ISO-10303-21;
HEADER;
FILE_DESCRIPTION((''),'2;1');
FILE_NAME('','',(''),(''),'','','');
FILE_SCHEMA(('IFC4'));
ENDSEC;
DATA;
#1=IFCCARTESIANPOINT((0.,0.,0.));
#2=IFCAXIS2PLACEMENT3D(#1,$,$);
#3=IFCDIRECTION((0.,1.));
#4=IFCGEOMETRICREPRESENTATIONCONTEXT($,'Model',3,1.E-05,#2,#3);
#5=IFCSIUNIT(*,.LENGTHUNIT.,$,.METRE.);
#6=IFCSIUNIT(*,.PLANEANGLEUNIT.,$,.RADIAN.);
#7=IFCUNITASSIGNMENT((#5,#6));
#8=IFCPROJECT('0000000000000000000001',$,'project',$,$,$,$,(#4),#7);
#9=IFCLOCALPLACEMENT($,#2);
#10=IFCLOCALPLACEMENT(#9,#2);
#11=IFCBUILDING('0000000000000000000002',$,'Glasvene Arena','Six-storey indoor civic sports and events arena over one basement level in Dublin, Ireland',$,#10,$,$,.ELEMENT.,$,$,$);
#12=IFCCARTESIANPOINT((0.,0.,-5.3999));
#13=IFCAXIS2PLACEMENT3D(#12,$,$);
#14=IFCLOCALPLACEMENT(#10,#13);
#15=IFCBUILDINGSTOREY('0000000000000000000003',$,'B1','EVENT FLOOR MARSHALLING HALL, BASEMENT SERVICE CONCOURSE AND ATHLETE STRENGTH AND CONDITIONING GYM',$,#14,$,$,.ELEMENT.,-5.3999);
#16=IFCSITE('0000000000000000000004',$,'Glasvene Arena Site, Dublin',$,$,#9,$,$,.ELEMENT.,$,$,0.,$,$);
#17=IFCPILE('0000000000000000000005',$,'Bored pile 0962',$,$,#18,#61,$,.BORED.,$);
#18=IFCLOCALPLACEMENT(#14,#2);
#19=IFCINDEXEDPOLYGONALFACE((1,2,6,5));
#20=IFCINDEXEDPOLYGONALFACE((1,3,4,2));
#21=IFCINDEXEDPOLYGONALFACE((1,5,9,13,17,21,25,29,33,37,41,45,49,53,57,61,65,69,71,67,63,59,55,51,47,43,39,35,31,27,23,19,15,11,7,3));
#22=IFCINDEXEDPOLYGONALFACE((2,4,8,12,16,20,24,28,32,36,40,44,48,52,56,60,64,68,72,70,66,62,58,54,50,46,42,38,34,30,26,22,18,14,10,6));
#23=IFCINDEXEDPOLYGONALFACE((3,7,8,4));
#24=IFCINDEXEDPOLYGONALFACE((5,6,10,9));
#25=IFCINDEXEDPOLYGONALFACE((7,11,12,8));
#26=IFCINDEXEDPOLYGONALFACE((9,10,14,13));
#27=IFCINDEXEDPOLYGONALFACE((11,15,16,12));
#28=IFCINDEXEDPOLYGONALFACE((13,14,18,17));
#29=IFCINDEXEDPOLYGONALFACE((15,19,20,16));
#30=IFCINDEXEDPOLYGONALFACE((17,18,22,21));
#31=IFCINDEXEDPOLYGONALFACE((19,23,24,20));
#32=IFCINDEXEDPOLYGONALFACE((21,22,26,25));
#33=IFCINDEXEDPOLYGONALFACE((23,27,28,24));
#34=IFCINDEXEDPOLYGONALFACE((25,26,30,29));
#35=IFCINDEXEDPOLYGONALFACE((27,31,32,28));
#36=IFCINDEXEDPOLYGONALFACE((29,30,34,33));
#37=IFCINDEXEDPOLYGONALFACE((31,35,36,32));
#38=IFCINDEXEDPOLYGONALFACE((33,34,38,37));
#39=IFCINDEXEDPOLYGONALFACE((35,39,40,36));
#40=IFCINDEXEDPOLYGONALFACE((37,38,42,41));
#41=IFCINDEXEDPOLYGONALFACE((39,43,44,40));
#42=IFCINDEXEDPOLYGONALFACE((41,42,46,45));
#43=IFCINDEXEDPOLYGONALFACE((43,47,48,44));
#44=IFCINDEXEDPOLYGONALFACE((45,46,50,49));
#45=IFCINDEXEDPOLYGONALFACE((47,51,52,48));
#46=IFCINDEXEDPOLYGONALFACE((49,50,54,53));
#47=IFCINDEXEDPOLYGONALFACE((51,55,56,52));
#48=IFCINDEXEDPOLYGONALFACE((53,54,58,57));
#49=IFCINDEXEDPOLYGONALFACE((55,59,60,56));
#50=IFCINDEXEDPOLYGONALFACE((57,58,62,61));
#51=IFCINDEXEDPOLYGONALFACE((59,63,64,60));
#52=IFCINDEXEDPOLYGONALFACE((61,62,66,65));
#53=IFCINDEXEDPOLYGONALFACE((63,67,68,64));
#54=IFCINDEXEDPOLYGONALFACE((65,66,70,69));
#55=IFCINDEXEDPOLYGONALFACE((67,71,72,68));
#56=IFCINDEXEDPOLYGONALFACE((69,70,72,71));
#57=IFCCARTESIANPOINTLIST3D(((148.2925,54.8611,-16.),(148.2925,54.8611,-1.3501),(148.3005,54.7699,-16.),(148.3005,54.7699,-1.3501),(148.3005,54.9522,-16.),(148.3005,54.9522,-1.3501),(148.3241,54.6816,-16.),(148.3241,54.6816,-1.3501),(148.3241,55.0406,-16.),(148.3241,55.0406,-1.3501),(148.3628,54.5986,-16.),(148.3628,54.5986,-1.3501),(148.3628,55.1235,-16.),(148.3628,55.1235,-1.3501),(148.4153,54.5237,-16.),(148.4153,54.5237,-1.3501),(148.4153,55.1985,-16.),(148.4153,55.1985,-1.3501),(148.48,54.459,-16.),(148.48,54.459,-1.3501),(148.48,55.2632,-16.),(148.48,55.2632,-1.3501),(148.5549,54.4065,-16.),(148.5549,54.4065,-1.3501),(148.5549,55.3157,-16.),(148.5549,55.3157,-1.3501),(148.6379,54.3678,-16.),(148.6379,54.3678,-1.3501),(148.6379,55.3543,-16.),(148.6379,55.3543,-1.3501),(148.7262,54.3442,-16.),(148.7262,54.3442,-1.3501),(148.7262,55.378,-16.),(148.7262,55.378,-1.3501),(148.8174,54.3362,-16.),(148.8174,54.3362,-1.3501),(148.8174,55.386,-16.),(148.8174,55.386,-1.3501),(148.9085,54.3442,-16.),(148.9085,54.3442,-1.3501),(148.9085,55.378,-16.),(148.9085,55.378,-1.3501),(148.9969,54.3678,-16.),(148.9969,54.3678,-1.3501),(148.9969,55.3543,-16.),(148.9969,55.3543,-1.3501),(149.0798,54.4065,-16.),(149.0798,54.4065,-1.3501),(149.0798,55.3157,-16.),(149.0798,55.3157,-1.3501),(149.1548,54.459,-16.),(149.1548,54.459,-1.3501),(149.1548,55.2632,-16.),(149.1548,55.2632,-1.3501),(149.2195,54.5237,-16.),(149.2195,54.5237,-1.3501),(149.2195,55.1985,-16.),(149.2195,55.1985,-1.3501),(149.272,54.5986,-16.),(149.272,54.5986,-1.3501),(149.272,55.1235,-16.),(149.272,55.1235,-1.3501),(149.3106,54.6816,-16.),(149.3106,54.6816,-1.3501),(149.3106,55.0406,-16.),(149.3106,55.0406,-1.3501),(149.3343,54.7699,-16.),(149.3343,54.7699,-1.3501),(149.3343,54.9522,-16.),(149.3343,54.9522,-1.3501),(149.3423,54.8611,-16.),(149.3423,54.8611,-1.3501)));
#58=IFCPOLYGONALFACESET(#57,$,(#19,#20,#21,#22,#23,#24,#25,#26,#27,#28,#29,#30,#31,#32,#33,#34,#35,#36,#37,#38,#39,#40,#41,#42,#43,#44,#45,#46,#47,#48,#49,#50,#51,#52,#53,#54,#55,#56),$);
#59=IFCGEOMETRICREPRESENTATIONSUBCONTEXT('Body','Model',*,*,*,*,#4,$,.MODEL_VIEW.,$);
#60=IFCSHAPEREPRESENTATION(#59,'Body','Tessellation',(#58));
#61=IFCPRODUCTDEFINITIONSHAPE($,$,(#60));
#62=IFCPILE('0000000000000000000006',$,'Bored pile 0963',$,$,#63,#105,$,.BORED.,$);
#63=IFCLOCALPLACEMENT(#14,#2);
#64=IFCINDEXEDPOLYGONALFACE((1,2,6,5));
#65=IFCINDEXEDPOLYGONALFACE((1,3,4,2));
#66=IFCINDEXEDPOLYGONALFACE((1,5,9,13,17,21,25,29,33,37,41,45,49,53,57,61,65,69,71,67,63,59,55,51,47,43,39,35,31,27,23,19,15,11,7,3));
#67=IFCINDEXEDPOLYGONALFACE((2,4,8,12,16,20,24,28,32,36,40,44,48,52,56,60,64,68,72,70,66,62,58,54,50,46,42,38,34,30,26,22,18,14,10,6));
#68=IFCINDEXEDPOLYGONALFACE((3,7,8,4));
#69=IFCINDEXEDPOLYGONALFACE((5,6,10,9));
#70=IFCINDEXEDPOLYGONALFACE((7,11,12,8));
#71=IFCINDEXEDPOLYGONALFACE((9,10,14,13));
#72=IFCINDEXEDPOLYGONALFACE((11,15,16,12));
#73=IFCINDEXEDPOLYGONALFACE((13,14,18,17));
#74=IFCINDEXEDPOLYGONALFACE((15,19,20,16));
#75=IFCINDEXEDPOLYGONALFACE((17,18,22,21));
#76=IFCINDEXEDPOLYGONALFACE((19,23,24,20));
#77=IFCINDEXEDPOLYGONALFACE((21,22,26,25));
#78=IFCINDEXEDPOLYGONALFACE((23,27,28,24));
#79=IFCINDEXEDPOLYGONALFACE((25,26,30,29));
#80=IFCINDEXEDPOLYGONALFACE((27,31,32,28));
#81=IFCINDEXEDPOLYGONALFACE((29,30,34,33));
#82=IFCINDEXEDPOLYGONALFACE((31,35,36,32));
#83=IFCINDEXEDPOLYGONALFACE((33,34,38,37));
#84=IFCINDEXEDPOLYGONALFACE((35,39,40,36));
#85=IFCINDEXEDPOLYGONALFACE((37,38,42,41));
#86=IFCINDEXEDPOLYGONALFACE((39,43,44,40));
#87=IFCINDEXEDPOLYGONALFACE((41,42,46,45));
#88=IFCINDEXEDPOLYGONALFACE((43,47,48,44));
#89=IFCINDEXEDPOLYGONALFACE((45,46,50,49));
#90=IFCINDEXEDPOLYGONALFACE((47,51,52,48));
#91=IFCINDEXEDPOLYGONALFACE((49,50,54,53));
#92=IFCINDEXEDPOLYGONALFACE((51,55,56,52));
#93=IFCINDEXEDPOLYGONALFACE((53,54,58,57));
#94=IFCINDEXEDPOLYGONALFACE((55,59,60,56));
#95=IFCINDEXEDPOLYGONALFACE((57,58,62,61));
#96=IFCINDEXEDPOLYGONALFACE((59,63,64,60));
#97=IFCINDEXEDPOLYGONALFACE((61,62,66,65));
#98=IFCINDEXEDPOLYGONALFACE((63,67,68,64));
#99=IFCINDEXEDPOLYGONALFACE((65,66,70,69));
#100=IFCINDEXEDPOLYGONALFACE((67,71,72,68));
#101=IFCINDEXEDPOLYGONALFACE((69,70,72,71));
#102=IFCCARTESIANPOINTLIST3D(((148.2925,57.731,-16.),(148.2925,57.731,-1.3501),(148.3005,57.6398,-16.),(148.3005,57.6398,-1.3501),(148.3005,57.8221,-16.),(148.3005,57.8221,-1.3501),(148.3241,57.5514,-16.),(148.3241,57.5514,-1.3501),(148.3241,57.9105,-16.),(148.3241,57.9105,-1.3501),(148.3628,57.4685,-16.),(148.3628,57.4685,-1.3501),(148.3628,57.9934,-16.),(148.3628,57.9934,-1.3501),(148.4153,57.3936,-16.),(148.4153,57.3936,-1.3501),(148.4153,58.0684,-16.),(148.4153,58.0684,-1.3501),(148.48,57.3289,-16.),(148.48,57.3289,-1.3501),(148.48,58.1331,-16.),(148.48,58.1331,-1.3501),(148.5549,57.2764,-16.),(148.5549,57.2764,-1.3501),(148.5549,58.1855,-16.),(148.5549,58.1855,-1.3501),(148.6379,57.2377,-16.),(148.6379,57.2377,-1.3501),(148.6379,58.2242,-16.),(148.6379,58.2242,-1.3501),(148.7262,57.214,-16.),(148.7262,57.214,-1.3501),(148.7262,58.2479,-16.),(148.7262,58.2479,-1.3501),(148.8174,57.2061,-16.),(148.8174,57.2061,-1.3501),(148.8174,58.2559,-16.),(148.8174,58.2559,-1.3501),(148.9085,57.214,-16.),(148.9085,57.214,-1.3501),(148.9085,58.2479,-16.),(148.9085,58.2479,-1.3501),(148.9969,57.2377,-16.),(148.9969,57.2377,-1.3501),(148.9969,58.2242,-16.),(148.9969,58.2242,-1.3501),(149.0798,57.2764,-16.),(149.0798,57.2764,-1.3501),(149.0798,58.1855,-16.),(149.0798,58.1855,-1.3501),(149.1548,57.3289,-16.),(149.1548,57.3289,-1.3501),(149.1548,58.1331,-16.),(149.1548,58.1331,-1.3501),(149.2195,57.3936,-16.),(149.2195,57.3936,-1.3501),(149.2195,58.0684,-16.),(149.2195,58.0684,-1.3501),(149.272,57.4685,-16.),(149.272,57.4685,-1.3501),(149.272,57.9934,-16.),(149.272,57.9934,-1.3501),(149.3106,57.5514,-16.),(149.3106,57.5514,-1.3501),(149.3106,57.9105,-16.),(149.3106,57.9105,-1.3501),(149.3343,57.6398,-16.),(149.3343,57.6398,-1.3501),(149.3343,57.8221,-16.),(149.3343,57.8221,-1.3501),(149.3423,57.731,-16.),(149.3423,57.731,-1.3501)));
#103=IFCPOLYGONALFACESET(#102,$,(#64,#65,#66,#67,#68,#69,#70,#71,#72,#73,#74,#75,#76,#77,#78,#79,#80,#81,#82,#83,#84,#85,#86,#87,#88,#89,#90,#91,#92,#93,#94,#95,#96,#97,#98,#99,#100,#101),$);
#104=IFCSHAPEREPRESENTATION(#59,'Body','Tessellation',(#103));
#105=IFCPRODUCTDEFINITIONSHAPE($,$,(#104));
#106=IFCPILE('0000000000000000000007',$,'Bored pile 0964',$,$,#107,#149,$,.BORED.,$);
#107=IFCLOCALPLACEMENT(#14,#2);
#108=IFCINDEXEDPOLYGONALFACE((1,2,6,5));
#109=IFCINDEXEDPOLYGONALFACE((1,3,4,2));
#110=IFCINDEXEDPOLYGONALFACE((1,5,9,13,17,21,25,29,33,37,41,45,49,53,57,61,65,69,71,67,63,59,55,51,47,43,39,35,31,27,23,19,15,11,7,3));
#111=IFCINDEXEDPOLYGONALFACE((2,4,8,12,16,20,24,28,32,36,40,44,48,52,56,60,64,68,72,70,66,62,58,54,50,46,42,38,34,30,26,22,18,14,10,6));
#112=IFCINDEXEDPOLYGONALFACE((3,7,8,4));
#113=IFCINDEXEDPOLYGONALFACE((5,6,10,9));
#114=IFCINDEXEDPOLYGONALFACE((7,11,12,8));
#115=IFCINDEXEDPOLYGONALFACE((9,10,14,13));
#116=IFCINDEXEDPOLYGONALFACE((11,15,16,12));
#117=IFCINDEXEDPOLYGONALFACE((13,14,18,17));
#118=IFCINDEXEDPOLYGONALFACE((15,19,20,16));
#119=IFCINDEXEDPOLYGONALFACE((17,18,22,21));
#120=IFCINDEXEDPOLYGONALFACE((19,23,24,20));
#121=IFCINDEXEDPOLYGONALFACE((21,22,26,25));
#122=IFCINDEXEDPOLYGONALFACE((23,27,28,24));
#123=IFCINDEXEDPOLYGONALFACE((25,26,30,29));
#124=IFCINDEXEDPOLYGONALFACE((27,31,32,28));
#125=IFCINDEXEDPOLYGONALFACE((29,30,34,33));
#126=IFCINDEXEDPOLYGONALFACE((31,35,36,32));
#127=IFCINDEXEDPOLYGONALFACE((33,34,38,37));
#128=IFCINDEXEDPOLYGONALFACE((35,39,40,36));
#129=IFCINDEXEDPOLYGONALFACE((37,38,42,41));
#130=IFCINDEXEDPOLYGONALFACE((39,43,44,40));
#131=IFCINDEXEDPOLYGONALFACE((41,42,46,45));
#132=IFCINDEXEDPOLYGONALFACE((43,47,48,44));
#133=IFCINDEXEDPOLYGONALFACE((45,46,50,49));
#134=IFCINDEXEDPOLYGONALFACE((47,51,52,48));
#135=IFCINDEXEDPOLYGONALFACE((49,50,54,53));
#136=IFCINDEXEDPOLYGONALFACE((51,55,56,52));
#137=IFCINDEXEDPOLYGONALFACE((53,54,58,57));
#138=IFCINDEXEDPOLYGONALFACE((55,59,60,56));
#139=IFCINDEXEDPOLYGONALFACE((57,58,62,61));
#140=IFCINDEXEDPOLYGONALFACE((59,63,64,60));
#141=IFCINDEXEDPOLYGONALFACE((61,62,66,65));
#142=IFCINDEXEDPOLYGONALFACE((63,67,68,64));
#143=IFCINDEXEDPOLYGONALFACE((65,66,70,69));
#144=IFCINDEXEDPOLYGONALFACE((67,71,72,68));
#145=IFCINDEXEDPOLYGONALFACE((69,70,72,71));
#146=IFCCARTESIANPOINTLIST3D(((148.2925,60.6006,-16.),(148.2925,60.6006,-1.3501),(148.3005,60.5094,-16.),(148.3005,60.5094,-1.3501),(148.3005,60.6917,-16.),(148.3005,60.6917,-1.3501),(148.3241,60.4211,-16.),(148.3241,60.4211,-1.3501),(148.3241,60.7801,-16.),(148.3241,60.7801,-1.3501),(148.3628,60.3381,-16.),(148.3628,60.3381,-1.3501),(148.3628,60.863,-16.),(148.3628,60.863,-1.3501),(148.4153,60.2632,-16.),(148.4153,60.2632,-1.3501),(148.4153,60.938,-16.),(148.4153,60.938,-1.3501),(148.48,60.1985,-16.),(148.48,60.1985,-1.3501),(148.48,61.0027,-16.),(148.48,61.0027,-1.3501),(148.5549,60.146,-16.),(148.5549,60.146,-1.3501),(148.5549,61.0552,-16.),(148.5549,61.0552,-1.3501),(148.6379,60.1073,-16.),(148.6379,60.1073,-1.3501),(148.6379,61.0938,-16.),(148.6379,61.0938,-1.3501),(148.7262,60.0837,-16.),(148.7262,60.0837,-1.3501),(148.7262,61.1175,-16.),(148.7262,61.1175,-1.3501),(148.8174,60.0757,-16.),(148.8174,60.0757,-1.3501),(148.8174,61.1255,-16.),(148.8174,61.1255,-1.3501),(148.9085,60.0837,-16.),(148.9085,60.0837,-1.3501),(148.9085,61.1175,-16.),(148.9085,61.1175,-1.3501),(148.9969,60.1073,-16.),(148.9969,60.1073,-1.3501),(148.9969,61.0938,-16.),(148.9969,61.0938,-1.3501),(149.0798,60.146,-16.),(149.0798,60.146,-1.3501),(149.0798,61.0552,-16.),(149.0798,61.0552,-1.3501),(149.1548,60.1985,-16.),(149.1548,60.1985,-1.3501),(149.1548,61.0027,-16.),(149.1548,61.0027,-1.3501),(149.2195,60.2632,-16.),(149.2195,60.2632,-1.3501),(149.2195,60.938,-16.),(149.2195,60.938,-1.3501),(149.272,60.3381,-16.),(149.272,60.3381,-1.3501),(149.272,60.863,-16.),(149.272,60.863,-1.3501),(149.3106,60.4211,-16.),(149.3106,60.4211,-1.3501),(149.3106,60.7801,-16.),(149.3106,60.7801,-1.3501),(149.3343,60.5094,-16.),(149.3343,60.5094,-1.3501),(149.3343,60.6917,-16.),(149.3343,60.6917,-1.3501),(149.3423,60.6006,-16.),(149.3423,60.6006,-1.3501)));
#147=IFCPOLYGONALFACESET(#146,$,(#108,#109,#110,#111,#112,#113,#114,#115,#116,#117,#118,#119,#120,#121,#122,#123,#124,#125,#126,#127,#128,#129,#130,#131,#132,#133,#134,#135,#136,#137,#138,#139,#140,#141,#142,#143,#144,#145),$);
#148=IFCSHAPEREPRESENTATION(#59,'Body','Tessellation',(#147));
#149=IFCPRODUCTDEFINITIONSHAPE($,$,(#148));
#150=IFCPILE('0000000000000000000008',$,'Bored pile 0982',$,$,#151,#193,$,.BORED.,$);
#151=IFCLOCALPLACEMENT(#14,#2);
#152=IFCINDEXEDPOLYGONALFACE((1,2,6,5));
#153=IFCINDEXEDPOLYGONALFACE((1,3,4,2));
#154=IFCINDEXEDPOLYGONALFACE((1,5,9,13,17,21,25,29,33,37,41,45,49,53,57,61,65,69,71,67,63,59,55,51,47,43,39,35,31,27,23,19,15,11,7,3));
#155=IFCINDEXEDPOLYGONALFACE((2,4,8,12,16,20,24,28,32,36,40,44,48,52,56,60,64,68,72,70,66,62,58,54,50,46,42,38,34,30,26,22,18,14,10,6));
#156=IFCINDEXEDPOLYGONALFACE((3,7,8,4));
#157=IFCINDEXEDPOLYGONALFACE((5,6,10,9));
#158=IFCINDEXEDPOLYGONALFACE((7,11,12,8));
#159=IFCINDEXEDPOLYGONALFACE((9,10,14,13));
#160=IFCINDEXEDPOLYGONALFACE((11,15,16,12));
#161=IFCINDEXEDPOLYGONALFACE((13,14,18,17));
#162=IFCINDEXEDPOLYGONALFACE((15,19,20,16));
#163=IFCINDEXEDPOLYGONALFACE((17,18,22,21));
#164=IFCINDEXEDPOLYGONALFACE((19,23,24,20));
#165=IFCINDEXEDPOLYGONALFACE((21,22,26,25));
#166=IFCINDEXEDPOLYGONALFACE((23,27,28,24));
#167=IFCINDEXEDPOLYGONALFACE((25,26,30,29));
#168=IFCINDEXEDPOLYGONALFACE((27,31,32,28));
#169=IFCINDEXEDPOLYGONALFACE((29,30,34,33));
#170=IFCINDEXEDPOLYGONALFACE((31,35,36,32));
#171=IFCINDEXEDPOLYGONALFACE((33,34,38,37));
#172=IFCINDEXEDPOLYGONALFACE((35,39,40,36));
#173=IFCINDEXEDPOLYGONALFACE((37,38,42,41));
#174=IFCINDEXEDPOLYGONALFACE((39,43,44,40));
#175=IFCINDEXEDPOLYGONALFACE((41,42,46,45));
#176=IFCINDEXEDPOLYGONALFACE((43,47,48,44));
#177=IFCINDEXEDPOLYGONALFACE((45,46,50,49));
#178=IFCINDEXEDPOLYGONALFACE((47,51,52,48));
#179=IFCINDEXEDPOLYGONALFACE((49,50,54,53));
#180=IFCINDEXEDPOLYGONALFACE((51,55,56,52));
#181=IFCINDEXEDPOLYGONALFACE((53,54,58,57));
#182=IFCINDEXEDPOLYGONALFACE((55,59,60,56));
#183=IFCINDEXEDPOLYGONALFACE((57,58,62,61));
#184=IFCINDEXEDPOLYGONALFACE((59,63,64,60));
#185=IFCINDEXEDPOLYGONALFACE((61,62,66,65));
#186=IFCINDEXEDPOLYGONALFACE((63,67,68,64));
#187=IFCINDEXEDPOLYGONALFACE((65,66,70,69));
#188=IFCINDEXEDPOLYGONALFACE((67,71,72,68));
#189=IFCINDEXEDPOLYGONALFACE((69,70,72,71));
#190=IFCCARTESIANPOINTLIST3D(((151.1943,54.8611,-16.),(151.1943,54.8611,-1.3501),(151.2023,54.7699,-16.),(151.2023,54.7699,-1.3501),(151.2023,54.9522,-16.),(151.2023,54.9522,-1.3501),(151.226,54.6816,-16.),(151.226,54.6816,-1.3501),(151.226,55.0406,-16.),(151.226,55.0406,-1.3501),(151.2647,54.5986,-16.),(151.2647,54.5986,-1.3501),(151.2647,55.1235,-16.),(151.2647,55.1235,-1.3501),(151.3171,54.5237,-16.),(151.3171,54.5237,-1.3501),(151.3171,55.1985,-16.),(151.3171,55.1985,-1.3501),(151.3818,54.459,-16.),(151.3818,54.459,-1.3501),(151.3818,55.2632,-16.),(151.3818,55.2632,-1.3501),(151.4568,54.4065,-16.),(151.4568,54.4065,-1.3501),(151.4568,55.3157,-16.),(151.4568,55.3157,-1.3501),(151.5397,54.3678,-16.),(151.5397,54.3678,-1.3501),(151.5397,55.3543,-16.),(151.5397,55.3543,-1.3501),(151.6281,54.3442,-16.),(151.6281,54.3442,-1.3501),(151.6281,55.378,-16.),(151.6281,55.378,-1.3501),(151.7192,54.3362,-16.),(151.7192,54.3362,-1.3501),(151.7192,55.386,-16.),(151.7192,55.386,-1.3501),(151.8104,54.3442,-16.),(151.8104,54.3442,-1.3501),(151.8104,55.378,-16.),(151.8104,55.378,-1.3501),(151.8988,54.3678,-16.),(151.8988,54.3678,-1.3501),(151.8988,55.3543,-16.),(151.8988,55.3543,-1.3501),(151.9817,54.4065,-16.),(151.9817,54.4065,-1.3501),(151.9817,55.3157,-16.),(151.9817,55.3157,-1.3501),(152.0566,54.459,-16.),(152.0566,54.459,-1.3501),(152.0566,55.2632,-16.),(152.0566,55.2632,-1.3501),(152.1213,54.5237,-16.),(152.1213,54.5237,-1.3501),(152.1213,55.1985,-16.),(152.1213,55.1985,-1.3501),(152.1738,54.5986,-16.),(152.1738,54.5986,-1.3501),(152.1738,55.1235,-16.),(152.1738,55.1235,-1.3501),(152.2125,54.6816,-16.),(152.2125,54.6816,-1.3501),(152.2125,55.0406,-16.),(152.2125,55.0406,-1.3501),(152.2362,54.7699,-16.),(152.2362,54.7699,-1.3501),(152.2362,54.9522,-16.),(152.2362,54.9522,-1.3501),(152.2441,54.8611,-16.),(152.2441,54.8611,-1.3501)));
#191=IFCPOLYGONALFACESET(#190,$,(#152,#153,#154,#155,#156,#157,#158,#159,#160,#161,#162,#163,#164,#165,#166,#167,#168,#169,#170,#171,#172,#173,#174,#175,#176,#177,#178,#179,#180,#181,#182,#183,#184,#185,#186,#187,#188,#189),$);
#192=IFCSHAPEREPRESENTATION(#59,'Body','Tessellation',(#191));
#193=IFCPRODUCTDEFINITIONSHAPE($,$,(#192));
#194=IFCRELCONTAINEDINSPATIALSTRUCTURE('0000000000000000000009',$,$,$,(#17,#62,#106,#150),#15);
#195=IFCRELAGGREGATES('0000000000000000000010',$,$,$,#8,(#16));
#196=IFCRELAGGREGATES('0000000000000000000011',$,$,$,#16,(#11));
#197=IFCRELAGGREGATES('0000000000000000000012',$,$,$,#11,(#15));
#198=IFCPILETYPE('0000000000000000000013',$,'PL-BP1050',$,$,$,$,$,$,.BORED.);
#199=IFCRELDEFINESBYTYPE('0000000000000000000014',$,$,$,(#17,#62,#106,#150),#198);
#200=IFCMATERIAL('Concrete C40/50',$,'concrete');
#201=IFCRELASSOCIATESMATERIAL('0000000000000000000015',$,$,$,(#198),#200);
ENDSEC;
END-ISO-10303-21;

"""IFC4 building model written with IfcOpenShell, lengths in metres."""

from ifc_helpers import new_model, si_unit, direction, frame, origin, origin_2d, place, context, subcontext, project, spatial, circle, extrude, material, material_profile, profile_set, type_object, element, save


model = new_model("IFC4")

# Units and contexts
model_context = context("Model", 3, precision=1e-05, world=origin(), true_north=direction((0.0, 1.0)))
body_context = subcontext(model_context, "Body", "Model", "MODEL_VIEW")
ifc_project = project(units=[si_unit("LENGTHUNIT", "METRE"), si_unit("PLANEANGLEUNIT", "RADIAN")], contexts=[model_context])

# Site, building, storey
site_placement = place(None, origin())
site = spatial("IfcSite", under=ifc_project, at=site_placement, Name="Glasvene Arena Site, Dublin", CompositionType="ELEMENT", RefElevation=0.0)
building_placement = place(site_placement, origin())
building = spatial("IfcBuilding", under=site, at=building_placement, Name="Glasvene Arena", Description="Six-storey indoor civic sports and events arena over one basement level in Dublin, Ireland", CompositionType="ELEMENT")
storey_placement = place(building_placement, frame((0.0, 0.0, -5.3999)))
storey = spatial("IfcBuildingStorey", under=building, at=storey_placement, Name="B1", Description="EVENT FLOOR MARSHALLING HALL, BASEMENT SERVICE CONCOURSE AND ATHLETE STRENGTH AND CONDITIONING GYM", CompositionType="ELEMENT", Elevation=-5.3999)

# Piles
ifc_material_1 = material(Name="Concrete C40/50", Category="concrete")
ifc_material_profile_1 = material_profile(ifc_material_1, circle(Radius=0.5249, at=origin_2d()), Name="BORED PILE 1050")
ifc_profile_set_1 = profile_set([ifc_material_profile_1], Name="Concrete C40/50")
pile_type = type_object("IfcPileType", Name="PL-BP1050", PredefinedType="BORED", material=ifc_profile_set_1)
for number, where, z_axis, x_axis, name in (
    (1, (148.8174, 54.8611, -1.3501), (0.0, 0.0, -1.0), (1.0, 0.0, 0.0), "Bored pile 0962"),
    (2, (148.8174, 57.731, -1.3501), (0.0, 0.0, -1.0), (1.0, 0.0, 0.0), "Bored pile 0963"),
    (3, (148.8174, 60.6006, -1.3501), (0.0, 0.0, -1.0), (1.0, 0.0, 0.0), "Bored pile 0964"),
    (4, (151.7192, 54.8611, -1.3501), (0.0, 0.0, -1.0), (1.0, 0.0, 0.0), "Bored pile 0982"),
):
    element("IfcPile", number, at=place(storey_placement, frame(where, z_axis=z_axis, x_axis=x_axis)), inside=storey, type_object=pile_type, Name=name, PredefinedType="BORED", context=body_context, shape_type="SweptSolid", body=[
        extrude(circle(Radius=0.5249, at=origin_2d()), origin(), (0.0, 0.0, 1.0), 14.6499),
    ])

save(model, "model.ifc")
